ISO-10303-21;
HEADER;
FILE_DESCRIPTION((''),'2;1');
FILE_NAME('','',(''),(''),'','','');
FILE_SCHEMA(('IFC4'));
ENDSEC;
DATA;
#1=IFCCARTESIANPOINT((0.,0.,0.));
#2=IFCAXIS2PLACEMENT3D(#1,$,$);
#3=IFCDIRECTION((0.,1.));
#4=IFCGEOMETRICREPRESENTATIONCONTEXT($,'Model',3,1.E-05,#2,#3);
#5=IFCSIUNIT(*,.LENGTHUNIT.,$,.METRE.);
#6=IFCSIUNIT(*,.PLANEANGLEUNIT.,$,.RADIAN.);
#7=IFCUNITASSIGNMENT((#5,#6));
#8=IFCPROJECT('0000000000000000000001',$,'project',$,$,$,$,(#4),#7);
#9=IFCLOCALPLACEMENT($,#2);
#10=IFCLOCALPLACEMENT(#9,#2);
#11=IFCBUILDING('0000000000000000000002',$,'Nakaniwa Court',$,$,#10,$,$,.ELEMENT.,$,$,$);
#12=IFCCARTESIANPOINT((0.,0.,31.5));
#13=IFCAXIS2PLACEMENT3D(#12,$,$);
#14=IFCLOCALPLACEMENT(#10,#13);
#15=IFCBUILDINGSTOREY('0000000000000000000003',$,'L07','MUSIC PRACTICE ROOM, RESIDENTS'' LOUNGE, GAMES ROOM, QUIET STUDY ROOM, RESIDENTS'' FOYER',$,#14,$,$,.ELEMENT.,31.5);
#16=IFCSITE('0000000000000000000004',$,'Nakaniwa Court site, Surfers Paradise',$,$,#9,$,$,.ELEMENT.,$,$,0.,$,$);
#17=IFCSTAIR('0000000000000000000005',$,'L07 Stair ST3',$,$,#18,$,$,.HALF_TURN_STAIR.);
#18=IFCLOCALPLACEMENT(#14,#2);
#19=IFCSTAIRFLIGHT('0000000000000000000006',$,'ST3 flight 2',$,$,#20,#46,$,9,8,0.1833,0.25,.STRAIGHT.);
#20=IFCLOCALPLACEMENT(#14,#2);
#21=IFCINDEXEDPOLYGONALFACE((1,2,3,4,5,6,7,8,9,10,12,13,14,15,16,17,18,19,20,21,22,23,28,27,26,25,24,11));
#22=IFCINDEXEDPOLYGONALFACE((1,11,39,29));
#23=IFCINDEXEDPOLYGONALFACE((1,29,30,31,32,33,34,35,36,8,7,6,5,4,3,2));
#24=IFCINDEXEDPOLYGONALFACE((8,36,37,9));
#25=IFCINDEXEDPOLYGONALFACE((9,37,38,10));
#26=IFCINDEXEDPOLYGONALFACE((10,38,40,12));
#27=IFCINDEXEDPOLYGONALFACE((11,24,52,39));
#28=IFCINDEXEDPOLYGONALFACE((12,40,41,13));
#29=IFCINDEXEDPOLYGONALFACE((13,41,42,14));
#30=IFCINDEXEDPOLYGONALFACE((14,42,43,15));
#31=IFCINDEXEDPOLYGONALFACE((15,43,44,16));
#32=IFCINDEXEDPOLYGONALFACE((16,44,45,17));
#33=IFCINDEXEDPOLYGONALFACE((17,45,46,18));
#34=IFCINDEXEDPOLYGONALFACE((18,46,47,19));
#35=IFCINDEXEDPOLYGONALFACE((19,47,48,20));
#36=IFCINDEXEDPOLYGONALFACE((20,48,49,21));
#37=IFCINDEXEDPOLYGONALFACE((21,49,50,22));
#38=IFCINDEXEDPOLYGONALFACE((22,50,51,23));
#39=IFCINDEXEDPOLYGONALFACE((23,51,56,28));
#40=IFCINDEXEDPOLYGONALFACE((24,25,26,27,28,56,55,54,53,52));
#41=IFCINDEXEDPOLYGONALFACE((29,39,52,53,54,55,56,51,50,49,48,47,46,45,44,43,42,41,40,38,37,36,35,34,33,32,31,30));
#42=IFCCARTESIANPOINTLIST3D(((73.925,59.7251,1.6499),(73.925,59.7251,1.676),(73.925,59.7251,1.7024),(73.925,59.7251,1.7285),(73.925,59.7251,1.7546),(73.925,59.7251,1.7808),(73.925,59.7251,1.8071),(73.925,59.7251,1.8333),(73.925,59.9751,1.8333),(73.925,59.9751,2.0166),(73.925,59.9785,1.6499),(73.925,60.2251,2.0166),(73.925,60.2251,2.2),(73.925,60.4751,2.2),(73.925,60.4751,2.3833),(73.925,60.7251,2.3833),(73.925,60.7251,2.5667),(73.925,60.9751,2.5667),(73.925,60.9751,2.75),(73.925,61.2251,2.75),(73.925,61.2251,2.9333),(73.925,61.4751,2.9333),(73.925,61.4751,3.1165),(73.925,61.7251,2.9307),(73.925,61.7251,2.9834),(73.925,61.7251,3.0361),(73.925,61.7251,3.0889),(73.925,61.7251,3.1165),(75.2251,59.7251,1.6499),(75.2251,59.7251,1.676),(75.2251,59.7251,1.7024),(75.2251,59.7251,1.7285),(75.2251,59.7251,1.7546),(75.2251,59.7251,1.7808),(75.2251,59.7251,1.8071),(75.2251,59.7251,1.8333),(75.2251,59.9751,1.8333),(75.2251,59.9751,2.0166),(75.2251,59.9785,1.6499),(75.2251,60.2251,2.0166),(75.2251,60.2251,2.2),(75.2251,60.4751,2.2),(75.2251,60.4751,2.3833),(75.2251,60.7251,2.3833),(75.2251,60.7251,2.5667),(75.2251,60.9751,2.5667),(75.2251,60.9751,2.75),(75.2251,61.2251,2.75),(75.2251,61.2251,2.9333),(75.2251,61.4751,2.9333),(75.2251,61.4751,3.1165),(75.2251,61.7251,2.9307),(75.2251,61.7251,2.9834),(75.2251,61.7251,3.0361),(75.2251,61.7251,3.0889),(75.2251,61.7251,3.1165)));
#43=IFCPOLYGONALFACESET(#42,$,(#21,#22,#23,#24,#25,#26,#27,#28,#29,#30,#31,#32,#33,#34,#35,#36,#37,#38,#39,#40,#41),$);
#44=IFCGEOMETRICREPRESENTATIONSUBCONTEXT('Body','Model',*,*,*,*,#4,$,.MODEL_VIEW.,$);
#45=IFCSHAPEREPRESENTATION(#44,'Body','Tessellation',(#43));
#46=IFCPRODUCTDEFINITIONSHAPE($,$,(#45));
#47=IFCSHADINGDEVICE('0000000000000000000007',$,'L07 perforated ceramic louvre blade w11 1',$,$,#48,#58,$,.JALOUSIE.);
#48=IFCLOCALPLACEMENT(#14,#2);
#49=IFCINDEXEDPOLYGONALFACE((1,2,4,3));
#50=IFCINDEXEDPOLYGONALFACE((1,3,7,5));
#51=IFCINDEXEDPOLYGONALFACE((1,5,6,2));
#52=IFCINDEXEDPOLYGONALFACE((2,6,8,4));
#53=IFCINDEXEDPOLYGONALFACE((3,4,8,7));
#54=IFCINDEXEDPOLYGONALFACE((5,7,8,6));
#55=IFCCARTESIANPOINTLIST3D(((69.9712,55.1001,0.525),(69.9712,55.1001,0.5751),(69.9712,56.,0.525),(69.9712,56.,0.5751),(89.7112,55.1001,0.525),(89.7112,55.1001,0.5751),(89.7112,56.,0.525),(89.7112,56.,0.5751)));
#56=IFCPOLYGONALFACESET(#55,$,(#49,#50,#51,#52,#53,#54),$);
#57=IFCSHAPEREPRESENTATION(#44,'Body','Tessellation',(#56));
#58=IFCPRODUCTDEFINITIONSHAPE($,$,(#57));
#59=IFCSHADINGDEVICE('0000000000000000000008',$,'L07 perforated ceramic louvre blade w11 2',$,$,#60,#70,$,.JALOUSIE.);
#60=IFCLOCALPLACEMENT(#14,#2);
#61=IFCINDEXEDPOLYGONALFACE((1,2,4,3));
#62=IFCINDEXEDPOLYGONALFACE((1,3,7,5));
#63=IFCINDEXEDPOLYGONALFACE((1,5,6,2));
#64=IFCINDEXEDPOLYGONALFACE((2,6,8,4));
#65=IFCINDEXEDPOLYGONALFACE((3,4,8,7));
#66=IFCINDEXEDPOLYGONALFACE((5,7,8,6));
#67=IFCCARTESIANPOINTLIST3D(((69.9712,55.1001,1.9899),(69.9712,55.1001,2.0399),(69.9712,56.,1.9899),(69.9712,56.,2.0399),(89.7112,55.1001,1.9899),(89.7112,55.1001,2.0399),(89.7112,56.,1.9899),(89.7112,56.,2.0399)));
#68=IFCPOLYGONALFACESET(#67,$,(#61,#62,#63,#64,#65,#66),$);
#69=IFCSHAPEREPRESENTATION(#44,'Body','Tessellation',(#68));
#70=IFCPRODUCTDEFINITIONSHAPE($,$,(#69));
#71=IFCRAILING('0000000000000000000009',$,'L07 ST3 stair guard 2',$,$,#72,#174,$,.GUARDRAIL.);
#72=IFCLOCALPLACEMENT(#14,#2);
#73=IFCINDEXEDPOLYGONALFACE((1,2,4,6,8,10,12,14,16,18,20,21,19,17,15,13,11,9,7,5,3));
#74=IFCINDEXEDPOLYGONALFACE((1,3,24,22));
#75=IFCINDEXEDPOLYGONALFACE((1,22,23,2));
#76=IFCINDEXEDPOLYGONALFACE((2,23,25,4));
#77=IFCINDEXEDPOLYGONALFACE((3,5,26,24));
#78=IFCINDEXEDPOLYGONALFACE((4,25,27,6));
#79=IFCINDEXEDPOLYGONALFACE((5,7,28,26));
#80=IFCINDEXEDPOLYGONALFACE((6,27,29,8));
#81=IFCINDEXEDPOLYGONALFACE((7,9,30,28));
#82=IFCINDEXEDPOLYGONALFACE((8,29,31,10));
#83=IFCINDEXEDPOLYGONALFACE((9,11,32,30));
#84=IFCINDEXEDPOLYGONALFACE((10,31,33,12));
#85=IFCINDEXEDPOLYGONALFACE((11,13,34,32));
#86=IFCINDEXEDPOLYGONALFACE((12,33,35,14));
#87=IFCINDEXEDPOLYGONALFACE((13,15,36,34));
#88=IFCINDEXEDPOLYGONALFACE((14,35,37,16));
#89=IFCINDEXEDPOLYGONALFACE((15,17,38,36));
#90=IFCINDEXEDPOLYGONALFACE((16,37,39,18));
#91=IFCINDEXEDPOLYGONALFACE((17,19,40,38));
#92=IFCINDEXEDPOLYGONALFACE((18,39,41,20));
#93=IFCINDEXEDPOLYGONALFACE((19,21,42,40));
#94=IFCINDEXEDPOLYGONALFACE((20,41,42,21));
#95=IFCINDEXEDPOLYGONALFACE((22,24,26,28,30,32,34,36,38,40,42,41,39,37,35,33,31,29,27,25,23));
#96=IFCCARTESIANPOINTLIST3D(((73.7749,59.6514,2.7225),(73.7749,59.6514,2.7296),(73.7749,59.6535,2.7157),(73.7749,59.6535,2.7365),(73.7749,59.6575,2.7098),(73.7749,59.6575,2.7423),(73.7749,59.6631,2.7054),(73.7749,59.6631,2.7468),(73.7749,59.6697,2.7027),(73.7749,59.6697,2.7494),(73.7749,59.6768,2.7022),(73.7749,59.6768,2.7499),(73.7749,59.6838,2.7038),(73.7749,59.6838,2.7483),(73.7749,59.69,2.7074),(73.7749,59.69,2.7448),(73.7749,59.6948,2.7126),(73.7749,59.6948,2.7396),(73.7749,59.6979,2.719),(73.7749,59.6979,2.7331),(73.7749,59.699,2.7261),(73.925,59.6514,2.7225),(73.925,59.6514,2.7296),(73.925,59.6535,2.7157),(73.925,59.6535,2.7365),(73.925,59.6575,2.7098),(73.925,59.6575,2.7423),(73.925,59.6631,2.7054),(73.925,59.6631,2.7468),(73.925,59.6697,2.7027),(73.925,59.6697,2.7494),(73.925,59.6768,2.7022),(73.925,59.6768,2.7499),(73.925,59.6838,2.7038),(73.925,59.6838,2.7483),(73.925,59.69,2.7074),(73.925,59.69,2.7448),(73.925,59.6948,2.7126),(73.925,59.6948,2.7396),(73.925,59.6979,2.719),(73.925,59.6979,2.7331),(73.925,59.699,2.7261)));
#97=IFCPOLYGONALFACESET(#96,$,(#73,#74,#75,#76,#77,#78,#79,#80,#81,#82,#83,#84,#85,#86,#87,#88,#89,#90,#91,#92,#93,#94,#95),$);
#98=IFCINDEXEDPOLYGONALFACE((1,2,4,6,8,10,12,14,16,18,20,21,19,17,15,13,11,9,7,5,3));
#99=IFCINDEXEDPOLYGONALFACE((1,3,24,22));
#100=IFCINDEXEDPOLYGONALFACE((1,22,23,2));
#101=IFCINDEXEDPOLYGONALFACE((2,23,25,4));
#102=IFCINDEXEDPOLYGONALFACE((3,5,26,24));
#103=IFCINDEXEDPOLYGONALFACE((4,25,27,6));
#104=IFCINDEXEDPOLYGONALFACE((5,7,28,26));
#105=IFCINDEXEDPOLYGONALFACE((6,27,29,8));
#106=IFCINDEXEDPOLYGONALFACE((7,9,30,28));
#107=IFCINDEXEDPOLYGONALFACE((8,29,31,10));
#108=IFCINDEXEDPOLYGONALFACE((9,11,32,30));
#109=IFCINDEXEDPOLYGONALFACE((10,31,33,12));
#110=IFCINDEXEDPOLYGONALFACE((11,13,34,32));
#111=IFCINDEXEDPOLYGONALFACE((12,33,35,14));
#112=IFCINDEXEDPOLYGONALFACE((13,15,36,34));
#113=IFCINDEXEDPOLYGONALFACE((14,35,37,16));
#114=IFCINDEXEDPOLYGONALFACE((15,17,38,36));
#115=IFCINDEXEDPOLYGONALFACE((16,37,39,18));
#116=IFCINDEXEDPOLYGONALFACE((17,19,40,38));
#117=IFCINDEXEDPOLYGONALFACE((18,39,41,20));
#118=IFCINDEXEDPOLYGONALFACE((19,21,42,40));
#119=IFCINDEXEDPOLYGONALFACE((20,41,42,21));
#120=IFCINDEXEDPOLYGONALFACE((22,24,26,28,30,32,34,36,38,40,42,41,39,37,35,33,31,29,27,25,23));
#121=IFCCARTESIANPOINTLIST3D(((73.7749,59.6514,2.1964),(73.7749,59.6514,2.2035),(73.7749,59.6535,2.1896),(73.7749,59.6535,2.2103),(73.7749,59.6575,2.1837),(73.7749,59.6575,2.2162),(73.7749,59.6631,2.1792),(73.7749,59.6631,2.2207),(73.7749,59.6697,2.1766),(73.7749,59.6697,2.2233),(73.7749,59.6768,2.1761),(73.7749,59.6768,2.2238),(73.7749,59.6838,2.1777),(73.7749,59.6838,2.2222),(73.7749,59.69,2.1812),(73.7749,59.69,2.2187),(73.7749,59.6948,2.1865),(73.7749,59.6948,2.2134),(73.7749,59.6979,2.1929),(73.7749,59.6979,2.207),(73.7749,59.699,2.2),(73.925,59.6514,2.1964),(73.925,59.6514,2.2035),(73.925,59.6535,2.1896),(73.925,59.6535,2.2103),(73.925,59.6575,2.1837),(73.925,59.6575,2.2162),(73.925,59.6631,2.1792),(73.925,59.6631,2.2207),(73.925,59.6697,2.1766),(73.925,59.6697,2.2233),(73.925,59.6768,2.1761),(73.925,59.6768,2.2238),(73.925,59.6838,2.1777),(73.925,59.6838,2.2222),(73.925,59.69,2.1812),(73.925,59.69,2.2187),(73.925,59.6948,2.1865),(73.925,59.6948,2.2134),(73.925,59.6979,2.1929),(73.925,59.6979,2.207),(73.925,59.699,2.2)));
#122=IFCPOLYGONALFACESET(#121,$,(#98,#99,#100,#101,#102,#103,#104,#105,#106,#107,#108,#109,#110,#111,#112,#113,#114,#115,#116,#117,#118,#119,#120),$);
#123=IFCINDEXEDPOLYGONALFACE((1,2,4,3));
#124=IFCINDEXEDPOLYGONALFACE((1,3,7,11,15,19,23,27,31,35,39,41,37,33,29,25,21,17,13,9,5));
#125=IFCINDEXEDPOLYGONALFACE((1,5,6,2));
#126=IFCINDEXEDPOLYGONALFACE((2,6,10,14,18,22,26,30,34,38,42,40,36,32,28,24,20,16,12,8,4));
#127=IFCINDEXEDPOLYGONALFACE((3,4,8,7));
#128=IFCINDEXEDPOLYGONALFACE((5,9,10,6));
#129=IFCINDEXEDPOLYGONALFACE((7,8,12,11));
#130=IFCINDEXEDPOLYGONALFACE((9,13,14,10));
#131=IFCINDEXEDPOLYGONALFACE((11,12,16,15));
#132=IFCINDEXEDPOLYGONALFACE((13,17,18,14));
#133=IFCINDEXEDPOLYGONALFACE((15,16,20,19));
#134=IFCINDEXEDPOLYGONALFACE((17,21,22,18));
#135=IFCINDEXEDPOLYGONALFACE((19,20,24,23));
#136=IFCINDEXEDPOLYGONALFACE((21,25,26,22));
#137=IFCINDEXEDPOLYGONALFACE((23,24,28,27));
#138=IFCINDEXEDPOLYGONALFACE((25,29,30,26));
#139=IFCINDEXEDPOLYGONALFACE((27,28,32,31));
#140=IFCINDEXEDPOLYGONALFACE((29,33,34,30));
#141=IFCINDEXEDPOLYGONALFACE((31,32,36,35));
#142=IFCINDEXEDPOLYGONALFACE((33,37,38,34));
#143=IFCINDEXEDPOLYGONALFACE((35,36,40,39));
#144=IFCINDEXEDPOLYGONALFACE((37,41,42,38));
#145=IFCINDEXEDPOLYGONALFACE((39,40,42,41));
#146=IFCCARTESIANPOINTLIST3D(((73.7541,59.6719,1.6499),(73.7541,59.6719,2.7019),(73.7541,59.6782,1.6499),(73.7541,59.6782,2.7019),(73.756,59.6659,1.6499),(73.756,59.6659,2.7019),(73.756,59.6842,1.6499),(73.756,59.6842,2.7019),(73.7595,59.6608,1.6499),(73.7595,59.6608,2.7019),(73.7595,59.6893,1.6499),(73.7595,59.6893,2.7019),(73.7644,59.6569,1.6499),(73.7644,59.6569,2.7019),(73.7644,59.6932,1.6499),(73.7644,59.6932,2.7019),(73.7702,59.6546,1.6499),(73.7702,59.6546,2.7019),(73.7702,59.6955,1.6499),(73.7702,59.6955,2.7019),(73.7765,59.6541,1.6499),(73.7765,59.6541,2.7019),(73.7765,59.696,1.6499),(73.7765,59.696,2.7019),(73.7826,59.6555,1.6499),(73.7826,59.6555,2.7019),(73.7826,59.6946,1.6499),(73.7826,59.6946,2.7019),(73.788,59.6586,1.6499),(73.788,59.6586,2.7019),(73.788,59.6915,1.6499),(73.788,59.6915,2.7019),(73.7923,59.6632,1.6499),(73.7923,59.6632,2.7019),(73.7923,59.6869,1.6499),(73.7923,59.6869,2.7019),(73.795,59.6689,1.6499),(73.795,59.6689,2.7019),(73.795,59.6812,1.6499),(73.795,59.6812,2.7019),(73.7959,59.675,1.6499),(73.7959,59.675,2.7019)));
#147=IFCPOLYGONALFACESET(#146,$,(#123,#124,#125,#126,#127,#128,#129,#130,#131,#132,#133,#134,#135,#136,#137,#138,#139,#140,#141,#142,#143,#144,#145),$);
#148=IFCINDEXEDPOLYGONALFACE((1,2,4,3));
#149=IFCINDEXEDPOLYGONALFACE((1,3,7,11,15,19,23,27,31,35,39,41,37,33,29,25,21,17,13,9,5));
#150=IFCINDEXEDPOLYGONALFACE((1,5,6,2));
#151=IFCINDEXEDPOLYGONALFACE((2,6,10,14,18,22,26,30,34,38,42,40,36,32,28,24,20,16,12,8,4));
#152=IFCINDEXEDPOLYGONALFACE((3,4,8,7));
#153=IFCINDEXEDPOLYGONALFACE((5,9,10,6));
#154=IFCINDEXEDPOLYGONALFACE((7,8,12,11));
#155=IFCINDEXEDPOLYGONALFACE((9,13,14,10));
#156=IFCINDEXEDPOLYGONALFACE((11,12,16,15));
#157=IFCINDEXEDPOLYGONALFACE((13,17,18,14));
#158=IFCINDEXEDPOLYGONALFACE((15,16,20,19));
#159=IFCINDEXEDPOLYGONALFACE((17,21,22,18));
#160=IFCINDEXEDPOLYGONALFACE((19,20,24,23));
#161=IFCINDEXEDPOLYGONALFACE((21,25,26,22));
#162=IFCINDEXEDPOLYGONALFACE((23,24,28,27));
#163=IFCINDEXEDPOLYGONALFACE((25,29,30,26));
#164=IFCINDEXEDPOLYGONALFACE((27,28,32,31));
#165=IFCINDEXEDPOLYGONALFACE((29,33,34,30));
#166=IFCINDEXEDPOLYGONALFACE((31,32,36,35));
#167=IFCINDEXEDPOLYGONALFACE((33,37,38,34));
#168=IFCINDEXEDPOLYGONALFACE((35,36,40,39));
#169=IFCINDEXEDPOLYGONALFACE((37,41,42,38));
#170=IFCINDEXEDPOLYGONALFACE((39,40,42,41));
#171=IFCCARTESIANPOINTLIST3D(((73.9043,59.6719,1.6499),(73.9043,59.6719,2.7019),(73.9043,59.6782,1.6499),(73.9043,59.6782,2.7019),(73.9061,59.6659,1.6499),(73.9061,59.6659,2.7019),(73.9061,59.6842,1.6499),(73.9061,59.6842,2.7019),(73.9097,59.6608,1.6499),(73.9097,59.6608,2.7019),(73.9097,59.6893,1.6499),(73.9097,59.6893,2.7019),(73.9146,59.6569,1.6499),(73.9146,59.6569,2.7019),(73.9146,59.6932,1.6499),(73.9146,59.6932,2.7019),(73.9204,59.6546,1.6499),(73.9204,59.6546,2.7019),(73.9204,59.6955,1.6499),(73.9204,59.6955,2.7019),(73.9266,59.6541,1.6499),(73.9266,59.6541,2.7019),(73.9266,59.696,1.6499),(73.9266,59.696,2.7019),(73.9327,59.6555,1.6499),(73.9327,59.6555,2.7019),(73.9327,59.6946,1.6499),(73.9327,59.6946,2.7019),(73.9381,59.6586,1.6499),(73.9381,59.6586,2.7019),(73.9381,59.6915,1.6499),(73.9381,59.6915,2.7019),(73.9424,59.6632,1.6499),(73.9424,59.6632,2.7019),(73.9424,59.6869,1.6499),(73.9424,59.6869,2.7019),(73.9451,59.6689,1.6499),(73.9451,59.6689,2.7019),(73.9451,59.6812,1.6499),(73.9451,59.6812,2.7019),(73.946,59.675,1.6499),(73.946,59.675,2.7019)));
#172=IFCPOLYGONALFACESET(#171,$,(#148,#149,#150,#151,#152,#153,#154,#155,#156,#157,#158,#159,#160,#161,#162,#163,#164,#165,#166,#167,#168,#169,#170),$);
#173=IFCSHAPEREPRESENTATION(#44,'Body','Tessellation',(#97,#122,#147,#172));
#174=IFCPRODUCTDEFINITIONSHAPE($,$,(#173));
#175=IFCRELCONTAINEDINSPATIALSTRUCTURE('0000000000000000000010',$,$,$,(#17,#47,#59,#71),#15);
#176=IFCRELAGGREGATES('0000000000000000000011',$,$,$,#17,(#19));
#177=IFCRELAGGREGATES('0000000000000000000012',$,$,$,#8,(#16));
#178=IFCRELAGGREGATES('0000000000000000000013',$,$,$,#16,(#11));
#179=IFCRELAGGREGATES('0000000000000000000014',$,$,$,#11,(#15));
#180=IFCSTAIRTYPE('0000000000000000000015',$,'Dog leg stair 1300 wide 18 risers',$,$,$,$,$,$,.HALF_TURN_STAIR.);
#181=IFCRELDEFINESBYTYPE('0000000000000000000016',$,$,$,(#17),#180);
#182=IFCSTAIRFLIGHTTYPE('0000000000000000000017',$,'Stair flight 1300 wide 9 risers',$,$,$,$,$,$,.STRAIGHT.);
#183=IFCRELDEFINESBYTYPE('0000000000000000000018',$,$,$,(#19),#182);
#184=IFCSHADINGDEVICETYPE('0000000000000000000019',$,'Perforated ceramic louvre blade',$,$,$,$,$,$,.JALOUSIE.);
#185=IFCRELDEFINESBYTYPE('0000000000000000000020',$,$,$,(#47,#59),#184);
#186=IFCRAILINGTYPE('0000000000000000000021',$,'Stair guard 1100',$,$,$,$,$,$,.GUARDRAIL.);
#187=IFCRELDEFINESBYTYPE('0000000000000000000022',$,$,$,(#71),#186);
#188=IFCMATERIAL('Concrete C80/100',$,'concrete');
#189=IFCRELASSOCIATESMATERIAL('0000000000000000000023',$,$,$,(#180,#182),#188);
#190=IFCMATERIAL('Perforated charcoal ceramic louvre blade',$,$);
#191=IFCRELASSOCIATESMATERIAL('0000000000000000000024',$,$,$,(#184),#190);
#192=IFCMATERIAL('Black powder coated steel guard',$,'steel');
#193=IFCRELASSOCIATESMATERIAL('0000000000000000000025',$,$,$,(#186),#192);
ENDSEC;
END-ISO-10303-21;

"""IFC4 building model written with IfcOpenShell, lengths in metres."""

from ifc_helpers import new_model, si_unit, direction, frame, origin, origin_2d, place, context, subcontext, project, spatial, polyline, rectangle, circle, outline, extrude, material, material_profile, profile_set, type_object, element, aggregate, save


model = new_model("IFC4")

# Units and contexts
model_context = context("Model", 3, precision=1e-05, world=origin(), true_north=direction((0.0, 1.0)))
body_context = subcontext(model_context, "Body", "Model", "MODEL_VIEW")
ifc_project = project(units=[si_unit("LENGTHUNIT", "METRE"), si_unit("PLANEANGLEUNIT", "RADIAN")], contexts=[model_context])

# Site, building, storey
site_placement = place(None, origin())
site = spatial("IfcSite", under=ifc_project, at=site_placement, Name="Nakaniwa Court site, Surfers Paradise", CompositionType="ELEMENT", RefElevation=0.0)
building_placement = place(site_placement, origin())
building = spatial("IfcBuilding", under=site, at=building_placement, Name="Nakaniwa Court", CompositionType="ELEMENT")
storey_placement = place(building_placement, frame((0.0, 0.0, 31.5)))
storey = spatial("IfcBuildingStorey", under=building, at=storey_placement, Name="L07", Description="MUSIC PRACTICE ROOM, RESIDENTS' LOUNGE, GAMES ROOM, QUIET STUDY ROOM, RESIDENTS' FOYER", CompositionType="ELEMENT", Elevation=31.5)

# Shared definitions
ifc_material_1 = material(Name="Concrete C80/100", Category="concrete")

# Stair, stair flight
stair_type = type_object("IfcStairType", Name="Dog leg stair 1300 wide 18 risers", PredefinedType="HALF_TURN_STAIR", material=ifc_material_1)
stair_placement = place(storey_placement, origin())
stair = element("IfcStair", 1, at=stair_placement, inside=storey, type_object=stair_type, Name="L07 Stair ST3", PredefinedType="HALF_TURN_STAIR")
stair_flight_type = type_object("IfcStairFlightType", Name="Stair flight 1300 wide 9 risers", PredefinedType="STRAIGHT", material=ifc_material_1)
stair_flight_1_placement = place(storey_placement, frame((74.575, 59.7251, 1.6499), z_axis=(0.0, 0.0, 1.0), x_axis=(0.0, 1.0, 0.0)))
stair_flight_1 = element("IfcStairFlight", 2, at=stair_flight_1_placement, type_object=stair_flight_type, Name="ST3 flight 2", NumberOfRisers=9, NumberOfTreads=8, PredefinedType="STRAIGHT", RiserHeight=0.1833, TreadLength=0.25, context=body_context, shape_type="SweptSolid", body=[
    extrude(outline(polyline([(0.0, 0.0), (0.0, 0.0261), (0.0, 0.0525), (0.0, 0.0786), (0.0, 0.1047), (0.0, 0.1309), (0.0, 0.1572), (0.0, 0.1833), (0.25, 0.1833), (0.25, 0.3667), (0.5, 0.3667), (0.5, 0.55), (0.75, 0.55), (0.75, 0.7334), (1.0, 0.7334), (1.0, 0.9167), (1.25, 0.9167), (1.25, 1.1001), (1.5, 1.1001), (1.5, 1.2834), (1.75, 1.2834), (1.75, 1.4666), (2.0, 1.4666), (2.0, 1.6499), (2.0, 1.5972), (2.0, 1.5444), (2.0, 1.4917), (2.0, 1.439), (2.0, 1.3862), (2.0, 1.3335), (2.0, 1.2808), (0.2534, 0.0), (0.0, 0.0)])), frame((0.0, 0.6499, 0.0), z_axis=(0.0, -1.0, 0.0), x_axis=(1.0, 0.0, 0.0)), (0.0, 0.0, 1.0), 1.3),
])
aggregate(stair, [stair_flight_1])

# Shading devices
ifc_material_2 = material(Name="Perforated charcoal ceramic louvre blade")
ifc_material_profile_1 = material_profile(ifc_material_2, rectangle(XDim=0.8999, YDim=0.05, at=origin_2d()), Name="Perforated ceramic louvre blade")
ifc_profile_set_1 = profile_set([ifc_material_profile_1], Name="Perforated charcoal ceramic louvre blade")
shading_device_type = type_object("IfcShadingDeviceType", Name="Perforated ceramic louvre blade", PredefinedType="JALOUSIE", material=ifc_profile_set_1)
for number, where, z_axis, x_axis, name in (
    (3, (69.9712, 55.55, 0.55), (1.0, 0.0, 0.0), (0.0, 1.0, 0.0), "L07 perforated ceramic louvre blade w11 1"),
    (4, (69.9712, 55.55, 2.0149), (1.0, 0.0, 0.0), (0.0, 1.0, 0.0), "L07 perforated ceramic louvre blade w11 2"),
):
    element("IfcShadingDevice", number, at=place(storey_placement, frame(where, z_axis=z_axis, x_axis=x_axis)), inside=storey, type_object=shading_device_type, Name=name, PredefinedType="JALOUSIE", context=body_context, shape_type="SweptSolid", body=[
        extrude(rectangle(XDim=0.8999, YDim=0.05, at=origin_2d()), origin(), (0.0, 0.0, 1.0), 19.74),
    ])

# Railing
ifc_material_3 = material(Name="Black powder coated steel guard", Category="steel")
railing_type_1 = type_object("IfcRailingType", Name="Stair guard 1100", PredefinedType="GUARDRAIL", material=ifc_material_3)
railing_1_placement = place(storey_placement, frame((73.7749, 59.675, 1.6499)))
element("IfcRailing", 5, at=railing_1_placement, inside=storey, type_object=railing_type_1, Name="L07 ST3 stair guard 2", PredefinedType="GUARDRAIL", context=body_context, shape_type="SweptSolid", body=[
    extrude(circle(Radius=0.0239, at=origin_2d()), frame((0.0, 0.0, 1.0762), z_axis=(1.0, 0.0, 0.0), x_axis=(0.0, 1.0, 0.0)), (0.0, 0.0, 1.0), 0.1501),
    extrude(circle(Radius=0.0239, at=origin_2d()), frame((0.0, 0.0, 0.55), z_axis=(1.0, 0.0, 0.0), x_axis=(0.0, 1.0, 0.0)), (0.0, 0.0, 1.0), 0.1501),
    extrude(circle(Radius=0.021, at=origin_2d()), origin(), (0.0, 0.0, 1.0), 1.052),
    extrude(circle(Radius=0.021, at=origin_2d()), frame((0.1501, 0.0, 0.0)), (0.0, 0.0, 1.0), 1.052),
])

save(model, "model.ifc")
